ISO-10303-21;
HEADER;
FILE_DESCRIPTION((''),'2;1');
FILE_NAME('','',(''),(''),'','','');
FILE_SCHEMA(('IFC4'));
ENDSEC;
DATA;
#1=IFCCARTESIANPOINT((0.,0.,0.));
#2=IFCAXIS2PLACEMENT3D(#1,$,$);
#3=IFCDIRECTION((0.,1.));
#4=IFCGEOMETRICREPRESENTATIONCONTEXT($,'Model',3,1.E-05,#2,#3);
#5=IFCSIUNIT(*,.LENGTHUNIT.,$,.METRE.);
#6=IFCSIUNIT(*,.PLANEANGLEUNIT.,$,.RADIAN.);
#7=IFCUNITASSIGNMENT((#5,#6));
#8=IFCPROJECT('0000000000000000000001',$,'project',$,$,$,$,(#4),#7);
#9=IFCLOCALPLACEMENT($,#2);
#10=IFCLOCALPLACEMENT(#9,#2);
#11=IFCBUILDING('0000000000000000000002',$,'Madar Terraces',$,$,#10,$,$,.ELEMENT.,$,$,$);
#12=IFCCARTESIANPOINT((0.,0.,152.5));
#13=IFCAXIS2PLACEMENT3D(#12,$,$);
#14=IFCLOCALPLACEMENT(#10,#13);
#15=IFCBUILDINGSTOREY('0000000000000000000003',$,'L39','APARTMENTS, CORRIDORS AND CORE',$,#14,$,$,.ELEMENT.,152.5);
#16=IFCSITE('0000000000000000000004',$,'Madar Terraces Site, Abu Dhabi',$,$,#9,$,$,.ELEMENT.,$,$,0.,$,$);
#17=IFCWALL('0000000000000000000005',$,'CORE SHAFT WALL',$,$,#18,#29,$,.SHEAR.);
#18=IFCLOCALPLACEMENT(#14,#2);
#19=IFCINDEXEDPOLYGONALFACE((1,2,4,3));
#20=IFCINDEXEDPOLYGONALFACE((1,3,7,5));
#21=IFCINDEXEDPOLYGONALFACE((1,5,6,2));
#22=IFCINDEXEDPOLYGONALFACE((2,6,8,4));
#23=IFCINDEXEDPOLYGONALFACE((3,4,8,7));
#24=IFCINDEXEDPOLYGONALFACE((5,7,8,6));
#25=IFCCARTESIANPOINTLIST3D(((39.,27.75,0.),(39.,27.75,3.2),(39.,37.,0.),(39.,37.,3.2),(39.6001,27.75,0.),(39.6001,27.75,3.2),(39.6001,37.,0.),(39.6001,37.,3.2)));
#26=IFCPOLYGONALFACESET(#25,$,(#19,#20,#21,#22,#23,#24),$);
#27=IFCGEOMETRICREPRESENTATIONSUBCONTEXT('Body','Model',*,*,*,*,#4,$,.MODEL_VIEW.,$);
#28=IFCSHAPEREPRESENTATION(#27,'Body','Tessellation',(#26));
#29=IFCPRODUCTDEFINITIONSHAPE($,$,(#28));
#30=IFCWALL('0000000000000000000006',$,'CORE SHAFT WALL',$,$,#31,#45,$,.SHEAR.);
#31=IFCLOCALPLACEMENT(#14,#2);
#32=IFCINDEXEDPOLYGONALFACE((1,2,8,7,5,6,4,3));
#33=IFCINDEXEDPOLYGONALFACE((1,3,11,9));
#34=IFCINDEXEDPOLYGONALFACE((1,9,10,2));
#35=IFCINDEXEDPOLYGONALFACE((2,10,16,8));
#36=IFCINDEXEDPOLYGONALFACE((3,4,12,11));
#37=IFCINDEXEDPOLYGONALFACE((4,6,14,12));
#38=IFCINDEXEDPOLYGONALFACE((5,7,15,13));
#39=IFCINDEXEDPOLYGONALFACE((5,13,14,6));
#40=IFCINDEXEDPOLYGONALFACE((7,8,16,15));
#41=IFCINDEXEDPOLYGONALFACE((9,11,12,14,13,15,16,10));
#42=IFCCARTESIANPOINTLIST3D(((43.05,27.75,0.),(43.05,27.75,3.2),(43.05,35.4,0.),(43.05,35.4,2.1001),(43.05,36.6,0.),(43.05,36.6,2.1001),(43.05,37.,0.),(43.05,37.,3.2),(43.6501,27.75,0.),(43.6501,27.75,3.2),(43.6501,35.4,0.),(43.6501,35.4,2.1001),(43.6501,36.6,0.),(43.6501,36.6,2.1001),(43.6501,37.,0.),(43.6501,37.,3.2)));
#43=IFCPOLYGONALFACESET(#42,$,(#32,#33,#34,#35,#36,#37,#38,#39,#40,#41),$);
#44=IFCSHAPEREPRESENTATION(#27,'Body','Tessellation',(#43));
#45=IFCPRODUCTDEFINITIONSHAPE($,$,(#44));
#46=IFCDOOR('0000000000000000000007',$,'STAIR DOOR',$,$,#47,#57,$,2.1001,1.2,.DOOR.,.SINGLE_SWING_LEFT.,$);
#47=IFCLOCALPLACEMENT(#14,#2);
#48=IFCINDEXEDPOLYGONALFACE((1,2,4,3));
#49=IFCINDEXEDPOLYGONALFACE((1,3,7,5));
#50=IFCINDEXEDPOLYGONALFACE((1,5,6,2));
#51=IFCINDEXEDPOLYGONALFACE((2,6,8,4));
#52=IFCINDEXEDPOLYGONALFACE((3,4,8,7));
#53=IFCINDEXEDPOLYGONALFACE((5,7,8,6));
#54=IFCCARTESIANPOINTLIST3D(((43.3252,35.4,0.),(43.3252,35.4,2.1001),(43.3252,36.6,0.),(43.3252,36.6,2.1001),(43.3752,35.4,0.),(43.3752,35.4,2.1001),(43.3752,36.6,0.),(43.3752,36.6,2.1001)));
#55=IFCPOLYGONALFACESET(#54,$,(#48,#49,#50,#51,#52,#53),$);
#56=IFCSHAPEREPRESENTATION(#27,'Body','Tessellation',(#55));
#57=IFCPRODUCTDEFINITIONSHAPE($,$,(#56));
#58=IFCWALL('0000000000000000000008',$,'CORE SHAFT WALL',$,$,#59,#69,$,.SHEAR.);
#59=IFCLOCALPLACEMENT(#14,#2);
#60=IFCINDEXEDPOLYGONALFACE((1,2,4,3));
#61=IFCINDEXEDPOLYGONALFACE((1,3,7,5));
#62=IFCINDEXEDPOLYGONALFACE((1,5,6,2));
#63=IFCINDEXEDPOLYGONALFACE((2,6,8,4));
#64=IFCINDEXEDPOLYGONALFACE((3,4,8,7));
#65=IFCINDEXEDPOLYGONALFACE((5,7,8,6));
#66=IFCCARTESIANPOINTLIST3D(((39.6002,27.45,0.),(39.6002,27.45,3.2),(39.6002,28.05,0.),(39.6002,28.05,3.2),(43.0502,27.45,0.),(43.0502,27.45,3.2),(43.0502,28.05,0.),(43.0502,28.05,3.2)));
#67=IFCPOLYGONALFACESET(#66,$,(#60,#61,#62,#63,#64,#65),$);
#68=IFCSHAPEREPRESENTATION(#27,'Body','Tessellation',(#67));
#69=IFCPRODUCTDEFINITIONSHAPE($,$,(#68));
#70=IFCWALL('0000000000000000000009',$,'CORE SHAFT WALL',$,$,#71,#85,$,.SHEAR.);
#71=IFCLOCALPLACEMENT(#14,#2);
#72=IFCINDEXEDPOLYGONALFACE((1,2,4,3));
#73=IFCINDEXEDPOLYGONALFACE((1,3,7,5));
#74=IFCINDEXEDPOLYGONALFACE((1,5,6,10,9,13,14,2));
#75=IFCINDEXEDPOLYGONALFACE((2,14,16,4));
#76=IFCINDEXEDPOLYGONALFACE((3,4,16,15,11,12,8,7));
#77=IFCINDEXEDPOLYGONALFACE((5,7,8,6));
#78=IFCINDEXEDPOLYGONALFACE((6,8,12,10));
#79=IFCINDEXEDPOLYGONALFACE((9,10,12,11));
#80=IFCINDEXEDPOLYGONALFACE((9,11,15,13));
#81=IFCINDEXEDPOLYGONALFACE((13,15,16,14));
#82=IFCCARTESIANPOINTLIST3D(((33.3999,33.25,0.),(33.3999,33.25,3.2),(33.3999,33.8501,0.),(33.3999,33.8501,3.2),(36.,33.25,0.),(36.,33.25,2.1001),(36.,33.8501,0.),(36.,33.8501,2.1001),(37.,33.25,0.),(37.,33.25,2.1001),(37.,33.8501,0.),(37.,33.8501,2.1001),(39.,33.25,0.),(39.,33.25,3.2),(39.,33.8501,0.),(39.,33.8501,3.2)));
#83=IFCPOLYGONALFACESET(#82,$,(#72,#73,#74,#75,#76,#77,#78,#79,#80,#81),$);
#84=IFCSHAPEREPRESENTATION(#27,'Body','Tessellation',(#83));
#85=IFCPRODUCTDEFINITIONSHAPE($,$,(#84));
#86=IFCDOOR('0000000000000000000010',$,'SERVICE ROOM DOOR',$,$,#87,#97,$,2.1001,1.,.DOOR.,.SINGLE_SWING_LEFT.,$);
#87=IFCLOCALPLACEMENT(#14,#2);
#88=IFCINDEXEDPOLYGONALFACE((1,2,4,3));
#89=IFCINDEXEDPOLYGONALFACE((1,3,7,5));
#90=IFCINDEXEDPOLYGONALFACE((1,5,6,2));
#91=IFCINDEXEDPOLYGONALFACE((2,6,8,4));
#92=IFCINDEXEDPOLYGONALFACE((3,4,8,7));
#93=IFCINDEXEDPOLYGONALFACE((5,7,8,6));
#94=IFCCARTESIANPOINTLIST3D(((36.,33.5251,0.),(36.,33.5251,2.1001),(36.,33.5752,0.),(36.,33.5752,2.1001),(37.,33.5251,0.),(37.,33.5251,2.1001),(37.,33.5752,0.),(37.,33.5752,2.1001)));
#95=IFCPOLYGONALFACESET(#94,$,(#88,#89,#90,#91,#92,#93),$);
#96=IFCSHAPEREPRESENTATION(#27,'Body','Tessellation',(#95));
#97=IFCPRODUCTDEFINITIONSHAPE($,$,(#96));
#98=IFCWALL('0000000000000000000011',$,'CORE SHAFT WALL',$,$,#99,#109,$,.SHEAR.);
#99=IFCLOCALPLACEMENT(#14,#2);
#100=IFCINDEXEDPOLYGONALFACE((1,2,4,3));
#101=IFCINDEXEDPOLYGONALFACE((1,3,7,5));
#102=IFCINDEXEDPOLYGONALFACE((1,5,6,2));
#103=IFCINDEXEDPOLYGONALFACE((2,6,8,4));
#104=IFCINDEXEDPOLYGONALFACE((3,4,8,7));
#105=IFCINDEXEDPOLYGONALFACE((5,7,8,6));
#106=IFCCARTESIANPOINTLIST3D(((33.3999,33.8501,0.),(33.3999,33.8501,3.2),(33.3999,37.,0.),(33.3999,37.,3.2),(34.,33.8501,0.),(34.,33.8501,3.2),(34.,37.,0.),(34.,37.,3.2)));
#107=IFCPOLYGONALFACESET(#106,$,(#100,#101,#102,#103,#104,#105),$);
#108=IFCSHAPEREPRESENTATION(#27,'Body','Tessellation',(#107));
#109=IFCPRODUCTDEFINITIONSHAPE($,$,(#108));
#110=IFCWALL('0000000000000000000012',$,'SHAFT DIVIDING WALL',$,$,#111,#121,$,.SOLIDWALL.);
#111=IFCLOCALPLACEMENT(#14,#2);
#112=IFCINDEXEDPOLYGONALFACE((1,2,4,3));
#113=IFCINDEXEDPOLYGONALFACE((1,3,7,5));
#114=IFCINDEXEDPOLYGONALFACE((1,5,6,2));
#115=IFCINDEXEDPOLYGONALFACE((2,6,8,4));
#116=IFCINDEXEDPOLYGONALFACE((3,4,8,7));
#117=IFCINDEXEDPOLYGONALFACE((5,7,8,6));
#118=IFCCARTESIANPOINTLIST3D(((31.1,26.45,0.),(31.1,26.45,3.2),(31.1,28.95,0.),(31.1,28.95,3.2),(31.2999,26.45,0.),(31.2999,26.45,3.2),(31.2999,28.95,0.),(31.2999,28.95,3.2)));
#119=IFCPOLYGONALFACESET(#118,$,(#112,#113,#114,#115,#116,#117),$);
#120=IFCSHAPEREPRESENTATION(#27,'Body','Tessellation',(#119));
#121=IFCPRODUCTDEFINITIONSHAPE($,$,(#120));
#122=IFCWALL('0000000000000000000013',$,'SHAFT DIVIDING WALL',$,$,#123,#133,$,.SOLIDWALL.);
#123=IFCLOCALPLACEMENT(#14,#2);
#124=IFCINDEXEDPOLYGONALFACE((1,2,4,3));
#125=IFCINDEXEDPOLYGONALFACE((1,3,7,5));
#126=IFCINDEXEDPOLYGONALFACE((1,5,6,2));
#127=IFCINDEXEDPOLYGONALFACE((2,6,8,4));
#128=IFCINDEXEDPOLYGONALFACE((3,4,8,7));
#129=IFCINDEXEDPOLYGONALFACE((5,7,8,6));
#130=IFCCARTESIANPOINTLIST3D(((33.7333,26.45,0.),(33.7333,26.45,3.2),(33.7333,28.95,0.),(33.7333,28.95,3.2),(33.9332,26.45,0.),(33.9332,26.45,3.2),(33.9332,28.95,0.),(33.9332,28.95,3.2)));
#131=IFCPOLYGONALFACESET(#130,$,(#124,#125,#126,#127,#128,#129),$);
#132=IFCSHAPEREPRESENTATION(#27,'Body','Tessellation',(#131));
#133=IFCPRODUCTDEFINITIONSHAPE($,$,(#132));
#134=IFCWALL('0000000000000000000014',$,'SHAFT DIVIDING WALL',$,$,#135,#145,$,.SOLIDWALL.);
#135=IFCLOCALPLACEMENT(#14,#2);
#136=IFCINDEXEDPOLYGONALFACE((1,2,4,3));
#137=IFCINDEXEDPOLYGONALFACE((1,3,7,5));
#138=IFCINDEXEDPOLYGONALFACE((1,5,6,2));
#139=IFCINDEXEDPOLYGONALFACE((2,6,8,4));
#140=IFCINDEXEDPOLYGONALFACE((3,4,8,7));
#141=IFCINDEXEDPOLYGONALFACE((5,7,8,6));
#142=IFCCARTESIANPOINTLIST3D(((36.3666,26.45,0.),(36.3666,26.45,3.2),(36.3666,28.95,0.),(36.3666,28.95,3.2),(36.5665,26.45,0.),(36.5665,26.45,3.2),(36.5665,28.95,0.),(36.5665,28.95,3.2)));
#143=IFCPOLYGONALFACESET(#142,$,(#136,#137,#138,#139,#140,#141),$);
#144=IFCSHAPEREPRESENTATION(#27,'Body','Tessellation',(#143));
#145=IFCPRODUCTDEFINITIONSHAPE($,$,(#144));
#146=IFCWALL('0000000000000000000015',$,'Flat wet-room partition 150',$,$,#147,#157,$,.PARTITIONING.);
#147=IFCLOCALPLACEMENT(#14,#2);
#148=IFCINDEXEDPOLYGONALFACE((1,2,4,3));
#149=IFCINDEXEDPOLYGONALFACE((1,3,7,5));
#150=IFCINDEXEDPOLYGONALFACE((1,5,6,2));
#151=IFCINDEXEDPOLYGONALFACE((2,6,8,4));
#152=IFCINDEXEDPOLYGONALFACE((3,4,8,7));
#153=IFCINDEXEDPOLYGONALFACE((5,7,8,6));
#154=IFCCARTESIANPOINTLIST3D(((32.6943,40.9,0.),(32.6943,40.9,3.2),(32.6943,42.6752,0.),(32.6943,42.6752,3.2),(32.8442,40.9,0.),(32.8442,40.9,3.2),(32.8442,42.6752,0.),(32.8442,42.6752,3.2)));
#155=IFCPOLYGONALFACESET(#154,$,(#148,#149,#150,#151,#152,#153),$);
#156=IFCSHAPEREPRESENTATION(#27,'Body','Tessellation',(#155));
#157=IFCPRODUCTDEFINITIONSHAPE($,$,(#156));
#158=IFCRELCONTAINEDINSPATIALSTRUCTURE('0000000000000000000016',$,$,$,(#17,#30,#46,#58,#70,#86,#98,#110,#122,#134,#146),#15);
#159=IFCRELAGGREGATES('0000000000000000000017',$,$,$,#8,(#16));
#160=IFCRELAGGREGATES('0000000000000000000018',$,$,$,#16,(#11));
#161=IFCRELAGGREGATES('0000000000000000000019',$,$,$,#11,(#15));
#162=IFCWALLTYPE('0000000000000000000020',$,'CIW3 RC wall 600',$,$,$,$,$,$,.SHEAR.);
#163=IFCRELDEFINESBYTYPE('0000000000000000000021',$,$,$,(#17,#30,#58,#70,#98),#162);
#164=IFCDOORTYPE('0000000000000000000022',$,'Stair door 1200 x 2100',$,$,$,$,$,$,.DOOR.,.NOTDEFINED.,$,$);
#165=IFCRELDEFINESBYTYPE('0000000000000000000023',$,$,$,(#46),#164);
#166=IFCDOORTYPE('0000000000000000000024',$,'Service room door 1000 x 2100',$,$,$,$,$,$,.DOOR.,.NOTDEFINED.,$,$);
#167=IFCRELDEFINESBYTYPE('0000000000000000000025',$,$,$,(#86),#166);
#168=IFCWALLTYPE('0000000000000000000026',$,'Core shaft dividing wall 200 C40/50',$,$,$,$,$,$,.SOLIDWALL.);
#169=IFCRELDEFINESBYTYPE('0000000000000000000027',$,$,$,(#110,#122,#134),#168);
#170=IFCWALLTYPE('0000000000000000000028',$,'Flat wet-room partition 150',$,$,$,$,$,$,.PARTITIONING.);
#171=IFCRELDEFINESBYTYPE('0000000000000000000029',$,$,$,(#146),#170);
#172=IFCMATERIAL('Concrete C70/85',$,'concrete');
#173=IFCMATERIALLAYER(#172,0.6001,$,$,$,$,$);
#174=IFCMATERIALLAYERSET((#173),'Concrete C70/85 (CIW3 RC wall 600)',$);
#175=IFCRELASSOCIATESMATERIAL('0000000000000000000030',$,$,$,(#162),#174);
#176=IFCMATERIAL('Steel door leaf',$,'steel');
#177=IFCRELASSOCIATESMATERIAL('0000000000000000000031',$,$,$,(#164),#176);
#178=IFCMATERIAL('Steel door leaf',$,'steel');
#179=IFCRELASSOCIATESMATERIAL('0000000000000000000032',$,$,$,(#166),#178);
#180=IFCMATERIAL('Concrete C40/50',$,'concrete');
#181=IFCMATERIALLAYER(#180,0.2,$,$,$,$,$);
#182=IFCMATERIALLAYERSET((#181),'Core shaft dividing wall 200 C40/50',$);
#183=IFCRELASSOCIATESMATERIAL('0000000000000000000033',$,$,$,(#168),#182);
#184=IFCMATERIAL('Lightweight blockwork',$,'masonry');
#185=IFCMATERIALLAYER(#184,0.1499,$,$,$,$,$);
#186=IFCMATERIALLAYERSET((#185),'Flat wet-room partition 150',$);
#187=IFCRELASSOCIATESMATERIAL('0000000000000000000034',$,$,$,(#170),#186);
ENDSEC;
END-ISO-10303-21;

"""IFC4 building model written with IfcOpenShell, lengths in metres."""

from ifc_helpers import new_model, si_unit, direction, frame, frame_2d, origin, place, context, subcontext, project, spatial, rectangle, extrude, material, layer, layer_set, type_object, element, fill, save


model = new_model("IFC4")

# Units and contexts
model_context = context("Model", 3, precision=1e-05, world=origin(), true_north=direction((0.0, 1.0)))
body_context = subcontext(model_context, "Body", "Model", "MODEL_VIEW")
ifc_project = project(units=[si_unit("LENGTHUNIT", "METRE"), si_unit("PLANEANGLEUNIT", "RADIAN")], contexts=[model_context])

# Site, building, storey
site_placement = place(None, origin())
site = spatial("IfcSite", under=ifc_project, at=site_placement, Name="Madar Terraces Site, Abu Dhabi", CompositionType="ELEMENT", RefElevation=0.0)
building_placement = place(site_placement, origin())
building = spatial("IfcBuilding", under=site, at=building_placement, Name="Madar Terraces", CompositionType="ELEMENT")
storey_placement = place(building_placement, frame((0.0, 0.0, 152.5)))
storey = spatial("IfcBuildingStorey", under=building, at=storey_placement, Name="L39", Description="APARTMENTS, CORRIDORS AND CORE", CompositionType="ELEMENT", Elevation=152.5)

# Wall
ifc_material_1 = material(Name="Concrete C70/85", Category="concrete")
ifc_layer_1 = layer(ifc_material_1, 0.6001)
ifc_layer_set_1 = layer_set([ifc_layer_1], Name="Concrete C70/85 (CIW3 RC wall 600)")
wall_type_1 = type_object("IfcWallType", Name="CIW3 RC wall 600", PredefinedType="SHEAR", material=ifc_layer_set_1)
wall_1_placement = place(storey_placement, frame((39.3, 27.75, 0.0), z_axis=(0.0, 0.0, 1.0), x_axis=(0.0, 1.0, 0.0)))
element("IfcWall", 1, at=wall_1_placement, inside=storey, type_object=wall_type_1, Name="CORE SHAFT WALL", PredefinedType="SHEAR", context=body_context, shape_type="SweptSolid", body=[
    extrude(rectangle(XDim=9.25, YDim=0.6001, at=frame_2d((4.625, 0.0))), origin(), (0.0, 0.0, 1.0), 3.2),
])

# Wall, opening, door
wall_2_placement = place(storey_placement, frame((43.3501, 27.75, 0.0), z_axis=(0.0, 0.0, 1.0), x_axis=(0.0, 1.0, 0.0)))
wall_2 = element("IfcWall", 2, at=wall_2_placement, inside=storey, type_object=wall_type_1, Name="CORE SHAFT WALL", PredefinedType="SHEAR", context=body_context, shape_type="SweptSolid", body=[
    extrude(rectangle(XDim=9.25, YDim=0.6001, at=frame_2d((4.625, 0.0))), origin(), (0.0, 0.0, 1.0), 3.2),
])
opening_1_placement = place(wall_2_placement, frame((7.6499, 0.0, 0.0)))
opening_1 = element("IfcOpeningElement", 3, at=opening_1_placement, cuts=wall_2, PredefinedType="OPENING", context=body_context, shape_type="SweptSolid", body=[
    extrude(rectangle(XDim=1.2, YDim=2.1001, at=frame_2d((0.6001, 1.05))), frame((0.0, 0.3101, 0.0), z_axis=(0.0, -1.0, 0.0), x_axis=(1.0, 0.0, 0.0)), (0.0, 0.0, 1.0), 0.6201),
])
ifc_material_2 = material(Name="Steel door leaf", Category="steel")
door_type_1 = type_object("IfcDoorType", Name="Stair door 1200 x 2100", OperationType="NOTDEFINED", PredefinedType="DOOR", material=ifc_material_2)
door_1_placement = place(opening_1_placement, origin())
door_1 = element("IfcDoor", 4, at=door_1_placement, inside=storey, type_object=door_type_1, Name="STAIR DOOR", OperationType="SINGLE_SWING_LEFT", OverallHeight=2.1001, OverallWidth=1.2, PredefinedType="DOOR", context=body_context, shape_type="SweptSolid", body=[
    extrude(rectangle(XDim=1.2, YDim=2.1001, at=frame_2d((0.6001, 1.05))), frame((0.0, 0.0249, 0.0), z_axis=(0.0, -1.0, 0.0), x_axis=(1.0, 0.0, 0.0)), (0.0, 0.0, 1.0), 0.05),
])
fill(opening_1, door_1)

# Wall
wall_3_placement = place(storey_placement, frame((39.6001, 27.75, 0.0), z_axis=(0.0, 0.0, 1.0), x_axis=(1.0, 0.0, 0.0)))
element("IfcWall", 5, at=wall_3_placement, inside=storey, type_object=wall_type_1, Name="CORE SHAFT WALL", PredefinedType="SHEAR", context=body_context, shape_type="SweptSolid", body=[
    extrude(rectangle(XDim=3.45, YDim=0.6001, at=frame_2d((1.7251, 0.0))), origin(), (0.0, 0.0, 1.0), 3.2),
])

# Wall, opening, door
wall_4_placement = place(storey_placement, frame((33.3999, 33.55, 0.0), z_axis=(0.0, 0.0, 1.0), x_axis=(1.0, 0.0, 0.0)))
wall_4 = element("IfcWall", 6, at=wall_4_placement, inside=storey, type_object=wall_type_1, Name="CORE SHAFT WALL", PredefinedType="SHEAR", context=body_context, shape_type="SweptSolid", body=[
    extrude(rectangle(XDim=5.6001, YDim=0.6001, at=frame_2d((2.8, 0.0))), origin(), (0.0, 0.0, 1.0), 3.2),
])
opening_2_placement = place(wall_4_placement, frame((2.6001, 0.0, 0.0)))
opening_2 = element("IfcOpeningElement", 7, at=opening_2_placement, cuts=wall_4, PredefinedType="OPENING", context=body_context, shape_type="SweptSolid", body=[
    extrude(rectangle(XDim=1.0, YDim=2.1001, at=frame_2d((0.5, 1.05))), frame((0.0, 0.3101, 0.0), z_axis=(0.0, -1.0, 0.0), x_axis=(1.0, 0.0, 0.0)), (0.0, 0.0, 1.0), 0.6201),
])
ifc_material_3 = material(Name="Steel door leaf", Category="steel")
door_type_2 = type_object("IfcDoorType", Name="Service room door 1000 x 2100", OperationType="NOTDEFINED", PredefinedType="DOOR", material=ifc_material_3)
door_2_placement = place(opening_2_placement, frame((1.0, 0.0, 0.0), z_axis=(0.0, 0.0, 1.0), x_axis=(-1.0, 0.0, 0.0)))
door_2 = element("IfcDoor", 8, at=door_2_placement, inside=storey, type_object=door_type_2, Name="SERVICE ROOM DOOR", OperationType="SINGLE_SWING_LEFT", OverallHeight=2.1001, OverallWidth=1.0, PredefinedType="DOOR", context=body_context, shape_type="SweptSolid", body=[
    extrude(rectangle(XDim=1.0, YDim=2.1001, at=frame_2d((0.5, 1.05))), frame((0.0, 0.0249, 0.0), z_axis=(0.0, -1.0, 0.0), x_axis=(1.0, 0.0, 0.0)), (0.0, 0.0, 1.0), 0.05),
])
fill(opening_2, door_2)

# Walls
wall_5_placement = place(storey_placement, frame((33.7, 33.8501, 0.0), z_axis=(0.0, 0.0, 1.0), x_axis=(0.0, 1.0, 0.0)))
element("IfcWall", 9, at=wall_5_placement, inside=storey, type_object=wall_type_1, Name="CORE SHAFT WALL", PredefinedType="SHEAR", context=body_context, shape_type="SweptSolid", body=[
    extrude(rectangle(XDim=3.1499, YDim=0.6001, at=frame_2d((1.575, 0.0))), origin(), (0.0, 0.0, 1.0), 3.2),
])
ifc_material_4 = material(Name="Concrete C40/50", Category="concrete")
ifc_layer_2 = layer(ifc_material_4, 0.2)
ifc_layer_set_2 = layer_set([ifc_layer_2], Name="Core shaft dividing wall 200 C40/50")
wall_type_2 = type_object("IfcWallType", Name="Core shaft dividing wall 200 C40/50", PredefinedType="SOLIDWALL", material=ifc_layer_set_2)
for number, where, z_axis, x_axis, name in (
    (10, (31.2, 26.45, 0.0), (0.0, 0.0, 1.0), (0.0, 1.0, 0.0), "SHAFT DIVIDING WALL"),
    (11, (33.8333, 26.45, 0.0), (0.0, 0.0, 1.0), (0.0, 1.0, 0.0), "SHAFT DIVIDING WALL"),
    (12, (36.4666, 26.45, 0.0), (0.0, 0.0, 1.0), (0.0, 1.0, 0.0), "SHAFT DIVIDING WALL"),
):
    element("IfcWall", number, at=place(storey_placement, frame(where, z_axis=z_axis, x_axis=x_axis)), inside=storey, type_object=wall_type_2, Name=name, PredefinedType="SOLIDWALL", context=body_context, shape_type="SweptSolid", body=[
        extrude(rectangle(XDim=2.5, YDim=0.2, at=frame_2d((1.25, 0.0))), origin(), (0.0, 0.0, 1.0), 3.2),
    ])
ifc_material_5 = material(Name="Lightweight blockwork", Category="masonry")
ifc_layer_3 = layer(ifc_material_5, 0.1499)
ifc_layer_set_3 = layer_set([ifc_layer_3], Name="Flat wet-room partition 150")
wall_type_3 = type_object("IfcWallType", Name="Flat wet-room partition 150", PredefinedType="PARTITIONING", material=ifc_layer_set_3)
wall_6_placement = place(storey_placement, frame((32.7693, 40.8999, 0.0), z_axis=(0.0, 0.0, 1.0), x_axis=(0.0, 1.0, 0.0)))
element("IfcWall", 13, at=wall_6_placement, inside=storey, type_object=wall_type_3, Name="Flat wet-room partition 150", PredefinedType="PARTITIONING", context=body_context, shape_type="SweptSolid", body=[
    extrude(rectangle(XDim=1.7751, YDim=0.1499, at=frame_2d((0.8877, 0.0))), origin(), (0.0, 0.0, 1.0), 3.2),
])

save(model, "model.ifc")
